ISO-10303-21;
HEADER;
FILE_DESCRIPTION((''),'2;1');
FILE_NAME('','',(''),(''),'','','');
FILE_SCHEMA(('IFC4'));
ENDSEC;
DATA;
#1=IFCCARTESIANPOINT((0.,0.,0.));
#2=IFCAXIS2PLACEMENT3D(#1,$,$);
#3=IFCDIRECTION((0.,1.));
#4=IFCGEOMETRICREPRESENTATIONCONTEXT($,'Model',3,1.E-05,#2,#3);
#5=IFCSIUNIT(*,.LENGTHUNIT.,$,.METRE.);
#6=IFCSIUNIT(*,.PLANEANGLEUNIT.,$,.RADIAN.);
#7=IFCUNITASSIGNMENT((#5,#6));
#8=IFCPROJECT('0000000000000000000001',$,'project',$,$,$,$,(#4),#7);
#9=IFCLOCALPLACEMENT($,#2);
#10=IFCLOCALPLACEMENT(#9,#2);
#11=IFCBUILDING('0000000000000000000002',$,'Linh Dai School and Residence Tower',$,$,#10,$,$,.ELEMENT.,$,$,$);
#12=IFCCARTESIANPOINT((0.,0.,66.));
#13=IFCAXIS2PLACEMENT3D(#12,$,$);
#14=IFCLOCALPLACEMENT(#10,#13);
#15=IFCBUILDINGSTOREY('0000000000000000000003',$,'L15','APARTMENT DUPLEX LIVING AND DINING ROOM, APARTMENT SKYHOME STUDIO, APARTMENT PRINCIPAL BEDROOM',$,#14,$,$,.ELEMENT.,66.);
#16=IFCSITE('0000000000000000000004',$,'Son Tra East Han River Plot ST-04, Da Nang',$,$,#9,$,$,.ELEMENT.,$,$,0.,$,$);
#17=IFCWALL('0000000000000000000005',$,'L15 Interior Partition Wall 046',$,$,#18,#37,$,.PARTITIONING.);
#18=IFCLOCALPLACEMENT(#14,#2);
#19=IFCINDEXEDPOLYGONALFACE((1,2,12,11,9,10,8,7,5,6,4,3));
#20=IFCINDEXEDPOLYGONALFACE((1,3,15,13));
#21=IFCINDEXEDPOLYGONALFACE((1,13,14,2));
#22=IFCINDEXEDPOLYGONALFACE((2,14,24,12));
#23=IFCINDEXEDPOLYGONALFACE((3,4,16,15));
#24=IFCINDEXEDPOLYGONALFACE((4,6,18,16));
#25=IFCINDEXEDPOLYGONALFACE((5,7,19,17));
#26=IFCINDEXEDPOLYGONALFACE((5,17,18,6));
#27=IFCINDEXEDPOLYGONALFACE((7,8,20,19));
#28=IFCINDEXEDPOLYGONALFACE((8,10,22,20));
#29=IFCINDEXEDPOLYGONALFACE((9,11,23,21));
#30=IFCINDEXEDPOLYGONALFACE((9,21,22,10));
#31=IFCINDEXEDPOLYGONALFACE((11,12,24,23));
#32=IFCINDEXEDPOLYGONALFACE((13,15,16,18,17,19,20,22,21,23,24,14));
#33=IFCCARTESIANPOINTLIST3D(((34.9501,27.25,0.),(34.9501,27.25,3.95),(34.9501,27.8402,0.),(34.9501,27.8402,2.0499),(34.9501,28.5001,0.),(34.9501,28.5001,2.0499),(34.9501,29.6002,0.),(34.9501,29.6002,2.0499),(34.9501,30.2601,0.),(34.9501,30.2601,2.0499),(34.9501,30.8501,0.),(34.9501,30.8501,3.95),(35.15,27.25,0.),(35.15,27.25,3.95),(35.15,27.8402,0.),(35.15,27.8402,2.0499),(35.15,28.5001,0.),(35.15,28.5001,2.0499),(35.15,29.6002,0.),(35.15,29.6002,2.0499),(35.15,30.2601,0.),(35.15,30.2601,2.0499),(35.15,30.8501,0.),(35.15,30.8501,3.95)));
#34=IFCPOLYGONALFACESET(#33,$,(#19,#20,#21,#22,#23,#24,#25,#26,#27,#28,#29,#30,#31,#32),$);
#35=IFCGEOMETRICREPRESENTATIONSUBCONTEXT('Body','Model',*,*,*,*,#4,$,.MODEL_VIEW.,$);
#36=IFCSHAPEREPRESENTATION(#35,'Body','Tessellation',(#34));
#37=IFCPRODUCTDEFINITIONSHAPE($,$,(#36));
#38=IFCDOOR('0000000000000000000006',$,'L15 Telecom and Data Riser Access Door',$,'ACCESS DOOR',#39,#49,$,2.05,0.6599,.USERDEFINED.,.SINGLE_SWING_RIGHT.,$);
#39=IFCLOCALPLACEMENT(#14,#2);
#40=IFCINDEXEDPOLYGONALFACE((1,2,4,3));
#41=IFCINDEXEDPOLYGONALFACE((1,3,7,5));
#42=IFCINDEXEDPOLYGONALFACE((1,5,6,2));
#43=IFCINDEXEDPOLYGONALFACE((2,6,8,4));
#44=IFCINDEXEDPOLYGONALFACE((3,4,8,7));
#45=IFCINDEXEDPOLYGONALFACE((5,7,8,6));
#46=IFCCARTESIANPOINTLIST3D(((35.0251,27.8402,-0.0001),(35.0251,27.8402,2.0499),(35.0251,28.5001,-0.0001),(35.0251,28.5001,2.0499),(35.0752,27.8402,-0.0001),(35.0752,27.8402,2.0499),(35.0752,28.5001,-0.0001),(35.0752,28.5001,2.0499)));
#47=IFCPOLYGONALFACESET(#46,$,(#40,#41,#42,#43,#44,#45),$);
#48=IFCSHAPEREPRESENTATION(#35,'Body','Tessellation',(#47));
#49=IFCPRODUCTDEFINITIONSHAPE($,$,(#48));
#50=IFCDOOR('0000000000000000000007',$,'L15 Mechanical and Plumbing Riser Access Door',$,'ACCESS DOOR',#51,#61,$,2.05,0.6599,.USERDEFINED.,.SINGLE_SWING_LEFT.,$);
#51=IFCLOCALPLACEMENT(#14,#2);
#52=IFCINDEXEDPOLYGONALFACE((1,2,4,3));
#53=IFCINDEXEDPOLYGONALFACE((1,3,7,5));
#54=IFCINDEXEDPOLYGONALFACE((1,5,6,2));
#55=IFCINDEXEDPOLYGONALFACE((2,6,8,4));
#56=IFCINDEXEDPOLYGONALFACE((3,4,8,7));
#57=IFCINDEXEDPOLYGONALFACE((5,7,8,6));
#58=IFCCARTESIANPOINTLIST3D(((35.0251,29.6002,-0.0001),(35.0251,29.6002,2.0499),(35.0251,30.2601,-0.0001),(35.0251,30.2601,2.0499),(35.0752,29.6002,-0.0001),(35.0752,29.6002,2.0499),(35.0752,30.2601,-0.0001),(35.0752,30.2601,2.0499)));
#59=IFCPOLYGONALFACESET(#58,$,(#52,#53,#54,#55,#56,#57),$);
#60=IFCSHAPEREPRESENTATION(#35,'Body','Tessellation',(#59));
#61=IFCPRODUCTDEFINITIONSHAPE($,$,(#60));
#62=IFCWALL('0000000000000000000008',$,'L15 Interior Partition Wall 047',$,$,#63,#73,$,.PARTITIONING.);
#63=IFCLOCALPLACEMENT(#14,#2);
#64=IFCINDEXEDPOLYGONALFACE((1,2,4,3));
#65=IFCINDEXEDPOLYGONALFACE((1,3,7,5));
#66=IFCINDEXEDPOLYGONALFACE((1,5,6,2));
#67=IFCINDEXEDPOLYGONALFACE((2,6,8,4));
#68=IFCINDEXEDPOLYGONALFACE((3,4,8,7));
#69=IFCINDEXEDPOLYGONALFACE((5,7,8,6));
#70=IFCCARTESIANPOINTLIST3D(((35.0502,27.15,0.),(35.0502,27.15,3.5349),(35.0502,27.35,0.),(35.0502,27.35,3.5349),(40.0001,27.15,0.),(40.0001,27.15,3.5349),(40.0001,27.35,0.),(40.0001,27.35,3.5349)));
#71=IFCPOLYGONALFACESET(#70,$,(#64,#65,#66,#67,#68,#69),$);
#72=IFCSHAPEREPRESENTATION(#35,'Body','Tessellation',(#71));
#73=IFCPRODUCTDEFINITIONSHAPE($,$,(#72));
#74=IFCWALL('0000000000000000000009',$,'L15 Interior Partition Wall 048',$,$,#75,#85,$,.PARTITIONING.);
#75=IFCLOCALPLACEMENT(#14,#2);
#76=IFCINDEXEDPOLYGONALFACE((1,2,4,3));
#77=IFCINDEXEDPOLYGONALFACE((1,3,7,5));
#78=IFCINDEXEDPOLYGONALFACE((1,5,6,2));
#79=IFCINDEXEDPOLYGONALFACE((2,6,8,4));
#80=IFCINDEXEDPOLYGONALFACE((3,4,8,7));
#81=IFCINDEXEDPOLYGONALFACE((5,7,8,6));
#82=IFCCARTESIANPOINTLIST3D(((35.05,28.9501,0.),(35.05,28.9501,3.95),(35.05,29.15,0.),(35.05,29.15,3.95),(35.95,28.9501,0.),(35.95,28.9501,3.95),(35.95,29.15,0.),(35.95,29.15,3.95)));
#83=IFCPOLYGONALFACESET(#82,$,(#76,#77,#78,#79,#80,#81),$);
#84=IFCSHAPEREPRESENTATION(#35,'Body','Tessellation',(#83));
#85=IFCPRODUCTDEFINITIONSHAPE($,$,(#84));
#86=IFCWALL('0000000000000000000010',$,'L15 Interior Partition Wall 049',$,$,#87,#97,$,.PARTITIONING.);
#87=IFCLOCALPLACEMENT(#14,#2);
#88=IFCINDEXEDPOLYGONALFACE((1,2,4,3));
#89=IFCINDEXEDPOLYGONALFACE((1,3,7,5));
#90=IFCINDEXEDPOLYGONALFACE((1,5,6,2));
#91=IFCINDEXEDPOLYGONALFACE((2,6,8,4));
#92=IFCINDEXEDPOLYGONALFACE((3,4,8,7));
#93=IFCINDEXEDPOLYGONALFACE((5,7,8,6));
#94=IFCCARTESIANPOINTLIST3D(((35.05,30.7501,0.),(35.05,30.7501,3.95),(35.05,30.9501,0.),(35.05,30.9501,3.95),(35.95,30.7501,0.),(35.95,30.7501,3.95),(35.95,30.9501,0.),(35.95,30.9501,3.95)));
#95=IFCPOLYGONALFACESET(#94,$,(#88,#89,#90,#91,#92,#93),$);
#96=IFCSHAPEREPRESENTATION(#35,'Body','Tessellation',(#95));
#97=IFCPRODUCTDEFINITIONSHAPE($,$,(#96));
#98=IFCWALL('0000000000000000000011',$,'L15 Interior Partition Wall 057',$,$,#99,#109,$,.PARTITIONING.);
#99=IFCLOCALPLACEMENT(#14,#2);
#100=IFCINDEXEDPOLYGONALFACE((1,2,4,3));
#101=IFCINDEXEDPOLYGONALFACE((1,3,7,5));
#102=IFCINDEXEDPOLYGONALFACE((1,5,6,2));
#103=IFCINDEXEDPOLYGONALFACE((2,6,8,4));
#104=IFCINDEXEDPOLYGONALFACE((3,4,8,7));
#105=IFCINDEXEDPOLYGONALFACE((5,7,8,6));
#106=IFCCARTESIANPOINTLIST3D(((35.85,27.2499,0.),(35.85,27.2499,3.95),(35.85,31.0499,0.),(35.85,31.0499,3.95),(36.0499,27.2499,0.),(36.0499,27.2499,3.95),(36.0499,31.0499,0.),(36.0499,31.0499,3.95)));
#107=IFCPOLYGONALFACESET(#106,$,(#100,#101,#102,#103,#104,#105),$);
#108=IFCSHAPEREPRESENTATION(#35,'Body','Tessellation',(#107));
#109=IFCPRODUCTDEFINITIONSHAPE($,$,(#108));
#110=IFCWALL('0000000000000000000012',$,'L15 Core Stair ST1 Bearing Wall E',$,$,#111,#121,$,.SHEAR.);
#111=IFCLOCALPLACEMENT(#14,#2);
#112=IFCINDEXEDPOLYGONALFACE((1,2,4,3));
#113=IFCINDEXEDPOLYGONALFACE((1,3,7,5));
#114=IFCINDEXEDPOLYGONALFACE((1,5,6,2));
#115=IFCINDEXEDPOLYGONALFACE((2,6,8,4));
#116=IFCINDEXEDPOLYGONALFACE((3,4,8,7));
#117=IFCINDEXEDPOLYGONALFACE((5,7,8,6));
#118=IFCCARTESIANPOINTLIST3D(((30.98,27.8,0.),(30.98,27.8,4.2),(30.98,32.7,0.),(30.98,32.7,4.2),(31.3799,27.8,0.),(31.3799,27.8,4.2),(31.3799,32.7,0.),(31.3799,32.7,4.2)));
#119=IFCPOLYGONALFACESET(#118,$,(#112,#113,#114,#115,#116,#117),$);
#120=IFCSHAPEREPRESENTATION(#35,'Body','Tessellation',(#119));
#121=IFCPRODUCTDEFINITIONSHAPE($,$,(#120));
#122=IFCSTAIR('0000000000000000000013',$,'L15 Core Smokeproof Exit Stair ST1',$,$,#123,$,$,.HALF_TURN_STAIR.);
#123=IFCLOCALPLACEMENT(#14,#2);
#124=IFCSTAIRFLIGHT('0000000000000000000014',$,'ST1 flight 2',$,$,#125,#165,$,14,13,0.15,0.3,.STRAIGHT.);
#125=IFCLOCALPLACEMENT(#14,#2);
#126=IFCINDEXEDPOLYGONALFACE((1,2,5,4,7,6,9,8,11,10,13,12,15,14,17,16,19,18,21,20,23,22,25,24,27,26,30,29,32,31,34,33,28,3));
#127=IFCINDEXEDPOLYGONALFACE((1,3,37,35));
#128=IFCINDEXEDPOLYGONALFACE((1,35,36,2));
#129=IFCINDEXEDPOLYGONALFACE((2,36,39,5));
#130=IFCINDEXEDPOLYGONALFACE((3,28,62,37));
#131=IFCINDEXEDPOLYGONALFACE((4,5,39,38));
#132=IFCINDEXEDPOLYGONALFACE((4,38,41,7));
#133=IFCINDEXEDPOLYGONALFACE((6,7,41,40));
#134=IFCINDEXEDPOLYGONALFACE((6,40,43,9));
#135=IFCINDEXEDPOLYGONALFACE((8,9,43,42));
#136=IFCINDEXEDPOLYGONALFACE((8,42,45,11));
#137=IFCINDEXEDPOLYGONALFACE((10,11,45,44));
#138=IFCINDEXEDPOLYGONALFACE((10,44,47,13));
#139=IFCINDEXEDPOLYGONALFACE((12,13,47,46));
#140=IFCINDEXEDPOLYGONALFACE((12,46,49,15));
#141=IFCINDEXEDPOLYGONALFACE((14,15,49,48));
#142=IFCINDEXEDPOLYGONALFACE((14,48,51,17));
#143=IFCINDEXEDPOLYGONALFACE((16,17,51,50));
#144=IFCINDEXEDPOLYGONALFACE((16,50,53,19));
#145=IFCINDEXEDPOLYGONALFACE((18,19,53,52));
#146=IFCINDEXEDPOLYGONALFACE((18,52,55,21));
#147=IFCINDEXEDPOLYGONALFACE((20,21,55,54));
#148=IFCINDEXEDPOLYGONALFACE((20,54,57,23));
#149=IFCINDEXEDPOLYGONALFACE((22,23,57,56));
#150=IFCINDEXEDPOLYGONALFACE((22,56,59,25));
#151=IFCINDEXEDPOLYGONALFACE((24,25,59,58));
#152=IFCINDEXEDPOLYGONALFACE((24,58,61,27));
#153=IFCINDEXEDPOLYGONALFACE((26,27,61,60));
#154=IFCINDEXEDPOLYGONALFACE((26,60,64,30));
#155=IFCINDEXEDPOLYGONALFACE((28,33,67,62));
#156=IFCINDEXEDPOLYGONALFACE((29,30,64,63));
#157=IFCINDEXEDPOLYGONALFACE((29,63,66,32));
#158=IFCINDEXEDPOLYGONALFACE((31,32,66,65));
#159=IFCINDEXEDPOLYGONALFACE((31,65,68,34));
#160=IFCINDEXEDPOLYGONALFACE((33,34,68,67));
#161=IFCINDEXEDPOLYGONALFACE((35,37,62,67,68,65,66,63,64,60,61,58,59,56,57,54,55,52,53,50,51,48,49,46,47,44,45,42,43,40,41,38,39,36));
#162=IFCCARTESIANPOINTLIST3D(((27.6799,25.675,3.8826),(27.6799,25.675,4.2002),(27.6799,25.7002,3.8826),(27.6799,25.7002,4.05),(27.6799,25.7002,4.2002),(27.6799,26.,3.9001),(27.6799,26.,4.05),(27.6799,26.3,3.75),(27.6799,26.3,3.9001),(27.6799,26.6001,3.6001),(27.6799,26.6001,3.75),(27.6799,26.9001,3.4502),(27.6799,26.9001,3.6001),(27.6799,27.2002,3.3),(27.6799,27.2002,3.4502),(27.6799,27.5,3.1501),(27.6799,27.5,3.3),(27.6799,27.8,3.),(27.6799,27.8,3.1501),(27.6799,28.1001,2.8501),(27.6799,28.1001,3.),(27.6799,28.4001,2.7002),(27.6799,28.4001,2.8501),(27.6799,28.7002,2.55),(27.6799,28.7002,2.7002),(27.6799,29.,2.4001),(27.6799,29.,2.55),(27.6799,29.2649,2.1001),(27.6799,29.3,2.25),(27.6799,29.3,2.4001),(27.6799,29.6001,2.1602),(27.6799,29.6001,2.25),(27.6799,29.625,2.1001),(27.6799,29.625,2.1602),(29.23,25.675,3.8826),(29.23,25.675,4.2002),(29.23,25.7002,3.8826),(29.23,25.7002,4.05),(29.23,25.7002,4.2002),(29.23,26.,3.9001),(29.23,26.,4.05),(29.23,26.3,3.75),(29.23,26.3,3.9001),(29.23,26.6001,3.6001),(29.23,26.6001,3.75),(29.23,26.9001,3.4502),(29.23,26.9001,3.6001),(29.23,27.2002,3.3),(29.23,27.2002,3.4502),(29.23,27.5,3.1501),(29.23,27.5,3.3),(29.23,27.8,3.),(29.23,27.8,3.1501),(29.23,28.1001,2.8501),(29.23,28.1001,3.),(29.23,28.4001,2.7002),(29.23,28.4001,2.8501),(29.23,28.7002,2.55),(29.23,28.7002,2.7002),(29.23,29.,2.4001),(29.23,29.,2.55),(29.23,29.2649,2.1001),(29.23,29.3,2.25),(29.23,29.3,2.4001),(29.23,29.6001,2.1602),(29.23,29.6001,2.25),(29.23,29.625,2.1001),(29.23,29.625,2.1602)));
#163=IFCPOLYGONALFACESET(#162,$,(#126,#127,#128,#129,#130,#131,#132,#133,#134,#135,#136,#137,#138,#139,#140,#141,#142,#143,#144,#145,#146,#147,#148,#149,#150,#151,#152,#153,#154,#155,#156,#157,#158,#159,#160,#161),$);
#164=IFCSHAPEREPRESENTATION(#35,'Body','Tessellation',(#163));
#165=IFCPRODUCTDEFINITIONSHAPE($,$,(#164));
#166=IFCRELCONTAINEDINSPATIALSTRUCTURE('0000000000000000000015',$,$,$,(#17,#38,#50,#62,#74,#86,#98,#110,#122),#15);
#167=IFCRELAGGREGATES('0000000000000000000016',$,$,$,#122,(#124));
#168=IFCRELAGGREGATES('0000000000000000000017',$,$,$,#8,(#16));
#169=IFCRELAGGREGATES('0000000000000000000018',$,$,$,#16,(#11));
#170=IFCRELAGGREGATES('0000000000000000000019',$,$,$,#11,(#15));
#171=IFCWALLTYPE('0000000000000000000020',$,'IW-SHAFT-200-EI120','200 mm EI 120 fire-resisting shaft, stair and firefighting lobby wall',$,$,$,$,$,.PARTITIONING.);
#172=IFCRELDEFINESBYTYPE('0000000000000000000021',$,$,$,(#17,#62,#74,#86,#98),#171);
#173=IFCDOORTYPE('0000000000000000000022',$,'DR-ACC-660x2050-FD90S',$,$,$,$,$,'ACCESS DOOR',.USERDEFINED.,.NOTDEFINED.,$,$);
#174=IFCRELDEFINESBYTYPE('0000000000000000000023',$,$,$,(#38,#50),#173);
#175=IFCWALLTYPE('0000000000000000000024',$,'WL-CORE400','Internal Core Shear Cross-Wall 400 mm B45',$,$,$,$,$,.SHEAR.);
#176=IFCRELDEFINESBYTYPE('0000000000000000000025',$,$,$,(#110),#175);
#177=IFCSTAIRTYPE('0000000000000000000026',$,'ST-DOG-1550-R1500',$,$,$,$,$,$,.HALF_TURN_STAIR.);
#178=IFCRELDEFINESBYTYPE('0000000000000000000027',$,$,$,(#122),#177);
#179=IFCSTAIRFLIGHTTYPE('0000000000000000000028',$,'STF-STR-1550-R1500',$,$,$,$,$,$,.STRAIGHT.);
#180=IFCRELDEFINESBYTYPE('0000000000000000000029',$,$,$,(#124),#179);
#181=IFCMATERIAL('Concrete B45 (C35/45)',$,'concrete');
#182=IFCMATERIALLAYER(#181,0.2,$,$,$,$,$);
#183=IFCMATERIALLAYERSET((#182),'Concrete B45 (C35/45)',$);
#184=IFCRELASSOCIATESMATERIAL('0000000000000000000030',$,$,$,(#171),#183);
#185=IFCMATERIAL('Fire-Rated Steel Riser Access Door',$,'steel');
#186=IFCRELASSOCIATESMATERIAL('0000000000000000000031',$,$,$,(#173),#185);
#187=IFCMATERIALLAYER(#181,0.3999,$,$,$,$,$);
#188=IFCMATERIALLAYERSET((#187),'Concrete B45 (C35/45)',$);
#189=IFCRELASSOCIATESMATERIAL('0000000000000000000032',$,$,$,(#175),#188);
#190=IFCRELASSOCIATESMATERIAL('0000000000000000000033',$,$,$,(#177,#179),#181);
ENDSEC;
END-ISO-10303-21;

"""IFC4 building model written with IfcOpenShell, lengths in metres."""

from ifc_helpers import new_model, si_unit, direction, frame, frame_2d, origin, origin_2d, place, context, subcontext, project, spatial, polyline, rectangle, outline, extrude, source, transform, mapped, material, layer, layer_set, type_object, element, fill, aggregate, save


model = new_model("IFC4")

# Units and contexts
model_context = context("Model", 3, precision=1e-05, world=origin(), true_north=direction((0.0, 1.0)))
body_context = subcontext(model_context, "Body", "Model", "MODEL_VIEW")
ifc_project = project(units=[si_unit("LENGTHUNIT", "METRE"), si_unit("PLANEANGLEUNIT", "RADIAN")], contexts=[model_context])

# Site, building, storey
site_placement = place(None, origin())
site = spatial("IfcSite", under=ifc_project, at=site_placement, Name="Son Tra East Han River Plot ST-04, Da Nang", CompositionType="ELEMENT", RefElevation=0.0)
building_placement = place(site_placement, origin())
building = spatial("IfcBuilding", under=site, at=building_placement, Name="Linh Dai School and Residence Tower", CompositionType="ELEMENT")
storey_placement = place(building_placement, frame((0.0, 0.0, 66.0)))
storey = spatial("IfcBuildingStorey", under=building, at=storey_placement, Name="L15", Description="APARTMENT DUPLEX LIVING AND DINING ROOM, APARTMENT SKYHOME STUDIO, APARTMENT PRINCIPAL BEDROOM", CompositionType="ELEMENT", Elevation=66.0)

# Shared definitions
ifc_material_1 = material(Name="Concrete B45 (C35/45)", Category="concrete")
ifc_layer_1 = layer(ifc_material_1, 0.2)
ifc_layer_set_1 = layer_set([ifc_layer_1], Name="Concrete B45 (C35/45)")
wall_type_1 = type_object("IfcWallType", Name="IW-SHAFT-200-EI120", Description="200 mm EI 120 fire-resisting shaft, stair and firefighting lobby wall", PredefinedType="PARTITIONING", material=ifc_layer_set_1)

# Wall, openings, doors
wall_1_placement = place(storey_placement, frame((35.05, 27.25, 0.0), z_axis=(0.0, 0.0, 1.0), x_axis=(0.0, 1.0, 0.0)))
wall_1 = element("IfcWall", 1, at=wall_1_placement, inside=storey, type_object=wall_type_1, Name="L15 Interior Partition Wall 046", PredefinedType="PARTITIONING", context=body_context, shape_type="SweptSolid", body=[
    extrude(rectangle(XDim=3.6001, YDim=0.2, at=frame_2d((1.8, 0.0))), origin(), (0.0, 0.0, 1.0), 3.95),
])
opening_1_placement = place(wall_1_placement, frame((0.5901, 0.0, 0.0)))
opening_1 = element("IfcOpeningElement", 2, at=opening_1_placement, cuts=wall_1, PredefinedType="OPENING", context=body_context, shape_type="SweptSolid", body=[
    extrude(rectangle(XDim=0.6599, YDim=2.05, at=origin_2d()), frame((0.3301, 0.1099, 1.0249), z_axis=(0.0, -1.0, 0.0), x_axis=(1.0, 0.0, 0.0)), (0.0, 0.0, 1.0), 0.22),
])
opening_2_placement = place(wall_1_placement, frame((2.3501, 0.0, 0.0)))
opening_2 = element("IfcOpeningElement", 3, at=opening_2_placement, cuts=wall_1, PredefinedType="OPENING", context=body_context, shape_type="SweptSolid", body=[
    extrude(rectangle(XDim=0.6599, YDim=2.05, at=origin_2d()), frame((0.3301, 0.1099, 1.0249), z_axis=(0.0, -1.0, 0.0), x_axis=(1.0, 0.0, 0.0)), (0.0, 0.0, 1.0), 0.22),
])
ifc_material_2 = material(Name="Fire-Rated Steel Riser Access Door", Category="steel")
door_type_1 = type_object("IfcDoorType", Name="DR-ACC-660x2050-FD90S", ElementType="ACCESS DOOR", OperationType="NOTDEFINED", PredefinedType="USERDEFINED", material=ifc_material_2)
shared_shape_1 = source(origin(), body_context, "Body", "SweptSolid", [
    extrude(rectangle(XDim=0.6599, YDim=2.05, at=origin_2d()), frame((0.3301, 0.0249, 1.0249), z_axis=(0.0, -1.0, 0.0), x_axis=(1.0, 0.0, 0.0)), (0.0, 0.0, 1.0), 0.05),
])
door_1_placement = place(opening_1_placement, origin())
door_1 = element("IfcDoor", 4, at=door_1_placement, inside=storey, type_object=door_type_1, Name="L15 Telecom and Data Riser Access Door", ObjectType="ACCESS DOOR", OperationType="SINGLE_SWING_RIGHT", OverallHeight=2.05, OverallWidth=0.6599, PredefinedType="USERDEFINED", context=body_context, shape_type="MappedRepresentation", body=[
    mapped(shared_shape_1, transform((0.0, 0.0, 0.0), x_axis=(1.0, 0.0, 0.0), y_axis=(0.0, 1.0, 0.0), z_axis=(0.0, 0.0, 1.0), scale=1.0)),
])
fill(opening_1, door_1)
door_2_placement = place(opening_2_placement, origin())
door_2 = element("IfcDoor", 5, at=door_2_placement, inside=storey, type_object=door_type_1, Name="L15 Mechanical and Plumbing Riser Access Door", ObjectType="ACCESS DOOR", OperationType="SINGLE_SWING_LEFT", OverallHeight=2.05, OverallWidth=0.6599, PredefinedType="USERDEFINED", context=body_context, shape_type="MappedRepresentation", body=[
    mapped(shared_shape_1, transform((0.0, 0.0, 0.0), x_axis=(1.0, 0.0, 0.0), y_axis=(0.0, 1.0, 0.0), z_axis=(0.0, 0.0, 1.0), scale=1.0)),
])
fill(opening_2, door_2)

# Walls
wall_2_placement = place(storey_placement, frame((35.05, 27.25, 0.0), z_axis=(0.0, 0.0, 1.0), x_axis=(1.0, 0.0, 0.0)))
element("IfcWall", 6, at=wall_2_placement, inside=storey, type_object=wall_type_1, Name="L15 Interior Partition Wall 047", PredefinedType="PARTITIONING", context=body_context, shape_type="SweptSolid", body=[
    extrude(rectangle(XDim=4.95, YDim=0.2, at=frame_2d((2.4751, 0.0))), origin(), (0.0, 0.0, 1.0), 3.5349),
])
for number, where, z_axis, x_axis, name in (
    (7, (35.05, 29.05, 0.0), (0.0, 0.0, 1.0), (1.0, 0.0, 0.0), "L15 Interior Partition Wall 048"),
    (8, (35.05, 30.8501, 0.0), (0.0, 0.0, 1.0), (1.0, 0.0, 0.0), "L15 Interior Partition Wall 049"),
):
    element("IfcWall", number, at=place(storey_placement, frame(where, z_axis=z_axis, x_axis=x_axis)), inside=storey, type_object=wall_type_1, Name=name, PredefinedType="PARTITIONING", context=body_context, shape_type="SweptSolid", body=[
        extrude(rectangle(XDim=0.8999, YDim=0.2, at=frame_2d((0.45, 0.0))), origin(), (0.0, 0.0, 1.0), 3.95),
    ])
wall_3_placement = place(storey_placement, frame((35.95, 27.25, 0.0), z_axis=(0.0, 0.0, 1.0), x_axis=(0.0, 1.0, 0.0)))
element("IfcWall", 9, at=wall_3_placement, inside=storey, type_object=wall_type_1, Name="L15 Interior Partition Wall 057", PredefinedType="PARTITIONING", context=body_context, shape_type="SweptSolid", body=[
    extrude(rectangle(XDim=3.8, YDim=0.2, at=frame_2d((1.8999, 0.0))), origin(), (0.0, 0.0, 1.0), 3.95),
])
ifc_layer_2 = layer(ifc_material_1, 0.3999)
ifc_layer_set_2 = layer_set([ifc_layer_2], Name="Concrete B45 (C35/45)")
wall_type_2 = type_object("IfcWallType", Name="WL-CORE400", Description="Internal Core Shear Cross-Wall 400 mm B45", PredefinedType="SHEAR", material=ifc_layer_set_2)
wall_4_placement = place(storey_placement, frame((31.1799, 27.8, 0.0), z_axis=(0.0, 0.0, 1.0), x_axis=(0.0, 1.0, 0.0)))
element("IfcWall", 10, at=wall_4_placement, inside=storey, type_object=wall_type_2, Name="L15 Core Stair ST1 Bearing Wall E", PredefinedType="SHEAR", context=body_context, shape_type="SweptSolid", body=[
    extrude(rectangle(XDim=4.8999, YDim=0.3999, at=frame_2d((2.45, 0.0))), origin(), (0.0, 0.0, 1.0), 4.2),
])

# Stair, stair flight
stair_type = type_object("IfcStairType", Name="ST-DOG-1550-R1500", PredefinedType="HALF_TURN_STAIR", material=ifc_material_1)
stair_placement = place(storey_placement, origin())
stair = element("IfcStair", 11, at=stair_placement, inside=storey, type_object=stair_type, Name="L15 Core Smokeproof Exit Stair ST1", PredefinedType="HALF_TURN_STAIR")
stair_flight_type = type_object("IfcStairFlightType", Name="STF-STR-1550-R1500", PredefinedType="STRAIGHT", material=ifc_material_1)
shared_shape_2 = source(origin(), body_context, "Body", "SweptSolid", [
    extrude(outline(polyline([(-0.0249, 0.0), (-0.0249, 0.0601), (0.0, 0.0601), (0.0, 0.1499), (0.3, 0.1499), (0.3, 0.3), (0.6001, 0.3), (0.6001, 0.45), (0.8999, 0.45), (0.8999, 0.6001), (1.2, 0.6001), (1.2, 0.75), (1.5, 0.75), (1.5, 0.8999), (1.8, 0.8999), (1.8, 1.05), (2.1001, 1.05), (2.1001, 1.2), (2.3999, 1.2), (2.3999, 1.3501), (2.7, 1.3501), (2.7, 1.5), (3.0, 1.5), (3.0, 1.6499), (3.3, 1.6499), (3.3, 1.8), (3.6001, 1.8), (3.6001, 1.95), (3.8999, 1.95), (3.8999, 2.1001), (3.925, 2.1001), (3.925, 1.7825), (3.8999, 1.7825), (0.3352, 0.0), (-0.0249, 0.0)])), frame((0.0, 0.7749, 0.0), z_axis=(0.0, -1.0, 0.0), x_axis=(1.0, 0.0, 0.0)), (0.0, 0.0, 1.0), 1.55),
])
stair_flight_placement = place(storey_placement, frame((28.4551, 29.6001, 2.1001), z_axis=(0.0, 0.0, 1.0), x_axis=(0.0, -1.0, 0.0)))
stair_flight = element("IfcStairFlight", 12, at=stair_flight_placement, type_object=stair_flight_type, Name="ST1 flight 2", NumberOfRisers=14, NumberOfTreads=13, PredefinedType="STRAIGHT", RiserHeight=0.15, TreadLength=0.3, context=body_context, shape_type="MappedRepresentation", body=[
    mapped(shared_shape_2, transform((0.0, 0.0, 0.0), x_axis=(1.0, 0.0, 0.0), y_axis=(0.0, 1.0, 0.0), z_axis=(0.0, 0.0, 1.0), scale=1.0)),
])
aggregate(stair, [stair_flight])

save(model, "model.ifc")
